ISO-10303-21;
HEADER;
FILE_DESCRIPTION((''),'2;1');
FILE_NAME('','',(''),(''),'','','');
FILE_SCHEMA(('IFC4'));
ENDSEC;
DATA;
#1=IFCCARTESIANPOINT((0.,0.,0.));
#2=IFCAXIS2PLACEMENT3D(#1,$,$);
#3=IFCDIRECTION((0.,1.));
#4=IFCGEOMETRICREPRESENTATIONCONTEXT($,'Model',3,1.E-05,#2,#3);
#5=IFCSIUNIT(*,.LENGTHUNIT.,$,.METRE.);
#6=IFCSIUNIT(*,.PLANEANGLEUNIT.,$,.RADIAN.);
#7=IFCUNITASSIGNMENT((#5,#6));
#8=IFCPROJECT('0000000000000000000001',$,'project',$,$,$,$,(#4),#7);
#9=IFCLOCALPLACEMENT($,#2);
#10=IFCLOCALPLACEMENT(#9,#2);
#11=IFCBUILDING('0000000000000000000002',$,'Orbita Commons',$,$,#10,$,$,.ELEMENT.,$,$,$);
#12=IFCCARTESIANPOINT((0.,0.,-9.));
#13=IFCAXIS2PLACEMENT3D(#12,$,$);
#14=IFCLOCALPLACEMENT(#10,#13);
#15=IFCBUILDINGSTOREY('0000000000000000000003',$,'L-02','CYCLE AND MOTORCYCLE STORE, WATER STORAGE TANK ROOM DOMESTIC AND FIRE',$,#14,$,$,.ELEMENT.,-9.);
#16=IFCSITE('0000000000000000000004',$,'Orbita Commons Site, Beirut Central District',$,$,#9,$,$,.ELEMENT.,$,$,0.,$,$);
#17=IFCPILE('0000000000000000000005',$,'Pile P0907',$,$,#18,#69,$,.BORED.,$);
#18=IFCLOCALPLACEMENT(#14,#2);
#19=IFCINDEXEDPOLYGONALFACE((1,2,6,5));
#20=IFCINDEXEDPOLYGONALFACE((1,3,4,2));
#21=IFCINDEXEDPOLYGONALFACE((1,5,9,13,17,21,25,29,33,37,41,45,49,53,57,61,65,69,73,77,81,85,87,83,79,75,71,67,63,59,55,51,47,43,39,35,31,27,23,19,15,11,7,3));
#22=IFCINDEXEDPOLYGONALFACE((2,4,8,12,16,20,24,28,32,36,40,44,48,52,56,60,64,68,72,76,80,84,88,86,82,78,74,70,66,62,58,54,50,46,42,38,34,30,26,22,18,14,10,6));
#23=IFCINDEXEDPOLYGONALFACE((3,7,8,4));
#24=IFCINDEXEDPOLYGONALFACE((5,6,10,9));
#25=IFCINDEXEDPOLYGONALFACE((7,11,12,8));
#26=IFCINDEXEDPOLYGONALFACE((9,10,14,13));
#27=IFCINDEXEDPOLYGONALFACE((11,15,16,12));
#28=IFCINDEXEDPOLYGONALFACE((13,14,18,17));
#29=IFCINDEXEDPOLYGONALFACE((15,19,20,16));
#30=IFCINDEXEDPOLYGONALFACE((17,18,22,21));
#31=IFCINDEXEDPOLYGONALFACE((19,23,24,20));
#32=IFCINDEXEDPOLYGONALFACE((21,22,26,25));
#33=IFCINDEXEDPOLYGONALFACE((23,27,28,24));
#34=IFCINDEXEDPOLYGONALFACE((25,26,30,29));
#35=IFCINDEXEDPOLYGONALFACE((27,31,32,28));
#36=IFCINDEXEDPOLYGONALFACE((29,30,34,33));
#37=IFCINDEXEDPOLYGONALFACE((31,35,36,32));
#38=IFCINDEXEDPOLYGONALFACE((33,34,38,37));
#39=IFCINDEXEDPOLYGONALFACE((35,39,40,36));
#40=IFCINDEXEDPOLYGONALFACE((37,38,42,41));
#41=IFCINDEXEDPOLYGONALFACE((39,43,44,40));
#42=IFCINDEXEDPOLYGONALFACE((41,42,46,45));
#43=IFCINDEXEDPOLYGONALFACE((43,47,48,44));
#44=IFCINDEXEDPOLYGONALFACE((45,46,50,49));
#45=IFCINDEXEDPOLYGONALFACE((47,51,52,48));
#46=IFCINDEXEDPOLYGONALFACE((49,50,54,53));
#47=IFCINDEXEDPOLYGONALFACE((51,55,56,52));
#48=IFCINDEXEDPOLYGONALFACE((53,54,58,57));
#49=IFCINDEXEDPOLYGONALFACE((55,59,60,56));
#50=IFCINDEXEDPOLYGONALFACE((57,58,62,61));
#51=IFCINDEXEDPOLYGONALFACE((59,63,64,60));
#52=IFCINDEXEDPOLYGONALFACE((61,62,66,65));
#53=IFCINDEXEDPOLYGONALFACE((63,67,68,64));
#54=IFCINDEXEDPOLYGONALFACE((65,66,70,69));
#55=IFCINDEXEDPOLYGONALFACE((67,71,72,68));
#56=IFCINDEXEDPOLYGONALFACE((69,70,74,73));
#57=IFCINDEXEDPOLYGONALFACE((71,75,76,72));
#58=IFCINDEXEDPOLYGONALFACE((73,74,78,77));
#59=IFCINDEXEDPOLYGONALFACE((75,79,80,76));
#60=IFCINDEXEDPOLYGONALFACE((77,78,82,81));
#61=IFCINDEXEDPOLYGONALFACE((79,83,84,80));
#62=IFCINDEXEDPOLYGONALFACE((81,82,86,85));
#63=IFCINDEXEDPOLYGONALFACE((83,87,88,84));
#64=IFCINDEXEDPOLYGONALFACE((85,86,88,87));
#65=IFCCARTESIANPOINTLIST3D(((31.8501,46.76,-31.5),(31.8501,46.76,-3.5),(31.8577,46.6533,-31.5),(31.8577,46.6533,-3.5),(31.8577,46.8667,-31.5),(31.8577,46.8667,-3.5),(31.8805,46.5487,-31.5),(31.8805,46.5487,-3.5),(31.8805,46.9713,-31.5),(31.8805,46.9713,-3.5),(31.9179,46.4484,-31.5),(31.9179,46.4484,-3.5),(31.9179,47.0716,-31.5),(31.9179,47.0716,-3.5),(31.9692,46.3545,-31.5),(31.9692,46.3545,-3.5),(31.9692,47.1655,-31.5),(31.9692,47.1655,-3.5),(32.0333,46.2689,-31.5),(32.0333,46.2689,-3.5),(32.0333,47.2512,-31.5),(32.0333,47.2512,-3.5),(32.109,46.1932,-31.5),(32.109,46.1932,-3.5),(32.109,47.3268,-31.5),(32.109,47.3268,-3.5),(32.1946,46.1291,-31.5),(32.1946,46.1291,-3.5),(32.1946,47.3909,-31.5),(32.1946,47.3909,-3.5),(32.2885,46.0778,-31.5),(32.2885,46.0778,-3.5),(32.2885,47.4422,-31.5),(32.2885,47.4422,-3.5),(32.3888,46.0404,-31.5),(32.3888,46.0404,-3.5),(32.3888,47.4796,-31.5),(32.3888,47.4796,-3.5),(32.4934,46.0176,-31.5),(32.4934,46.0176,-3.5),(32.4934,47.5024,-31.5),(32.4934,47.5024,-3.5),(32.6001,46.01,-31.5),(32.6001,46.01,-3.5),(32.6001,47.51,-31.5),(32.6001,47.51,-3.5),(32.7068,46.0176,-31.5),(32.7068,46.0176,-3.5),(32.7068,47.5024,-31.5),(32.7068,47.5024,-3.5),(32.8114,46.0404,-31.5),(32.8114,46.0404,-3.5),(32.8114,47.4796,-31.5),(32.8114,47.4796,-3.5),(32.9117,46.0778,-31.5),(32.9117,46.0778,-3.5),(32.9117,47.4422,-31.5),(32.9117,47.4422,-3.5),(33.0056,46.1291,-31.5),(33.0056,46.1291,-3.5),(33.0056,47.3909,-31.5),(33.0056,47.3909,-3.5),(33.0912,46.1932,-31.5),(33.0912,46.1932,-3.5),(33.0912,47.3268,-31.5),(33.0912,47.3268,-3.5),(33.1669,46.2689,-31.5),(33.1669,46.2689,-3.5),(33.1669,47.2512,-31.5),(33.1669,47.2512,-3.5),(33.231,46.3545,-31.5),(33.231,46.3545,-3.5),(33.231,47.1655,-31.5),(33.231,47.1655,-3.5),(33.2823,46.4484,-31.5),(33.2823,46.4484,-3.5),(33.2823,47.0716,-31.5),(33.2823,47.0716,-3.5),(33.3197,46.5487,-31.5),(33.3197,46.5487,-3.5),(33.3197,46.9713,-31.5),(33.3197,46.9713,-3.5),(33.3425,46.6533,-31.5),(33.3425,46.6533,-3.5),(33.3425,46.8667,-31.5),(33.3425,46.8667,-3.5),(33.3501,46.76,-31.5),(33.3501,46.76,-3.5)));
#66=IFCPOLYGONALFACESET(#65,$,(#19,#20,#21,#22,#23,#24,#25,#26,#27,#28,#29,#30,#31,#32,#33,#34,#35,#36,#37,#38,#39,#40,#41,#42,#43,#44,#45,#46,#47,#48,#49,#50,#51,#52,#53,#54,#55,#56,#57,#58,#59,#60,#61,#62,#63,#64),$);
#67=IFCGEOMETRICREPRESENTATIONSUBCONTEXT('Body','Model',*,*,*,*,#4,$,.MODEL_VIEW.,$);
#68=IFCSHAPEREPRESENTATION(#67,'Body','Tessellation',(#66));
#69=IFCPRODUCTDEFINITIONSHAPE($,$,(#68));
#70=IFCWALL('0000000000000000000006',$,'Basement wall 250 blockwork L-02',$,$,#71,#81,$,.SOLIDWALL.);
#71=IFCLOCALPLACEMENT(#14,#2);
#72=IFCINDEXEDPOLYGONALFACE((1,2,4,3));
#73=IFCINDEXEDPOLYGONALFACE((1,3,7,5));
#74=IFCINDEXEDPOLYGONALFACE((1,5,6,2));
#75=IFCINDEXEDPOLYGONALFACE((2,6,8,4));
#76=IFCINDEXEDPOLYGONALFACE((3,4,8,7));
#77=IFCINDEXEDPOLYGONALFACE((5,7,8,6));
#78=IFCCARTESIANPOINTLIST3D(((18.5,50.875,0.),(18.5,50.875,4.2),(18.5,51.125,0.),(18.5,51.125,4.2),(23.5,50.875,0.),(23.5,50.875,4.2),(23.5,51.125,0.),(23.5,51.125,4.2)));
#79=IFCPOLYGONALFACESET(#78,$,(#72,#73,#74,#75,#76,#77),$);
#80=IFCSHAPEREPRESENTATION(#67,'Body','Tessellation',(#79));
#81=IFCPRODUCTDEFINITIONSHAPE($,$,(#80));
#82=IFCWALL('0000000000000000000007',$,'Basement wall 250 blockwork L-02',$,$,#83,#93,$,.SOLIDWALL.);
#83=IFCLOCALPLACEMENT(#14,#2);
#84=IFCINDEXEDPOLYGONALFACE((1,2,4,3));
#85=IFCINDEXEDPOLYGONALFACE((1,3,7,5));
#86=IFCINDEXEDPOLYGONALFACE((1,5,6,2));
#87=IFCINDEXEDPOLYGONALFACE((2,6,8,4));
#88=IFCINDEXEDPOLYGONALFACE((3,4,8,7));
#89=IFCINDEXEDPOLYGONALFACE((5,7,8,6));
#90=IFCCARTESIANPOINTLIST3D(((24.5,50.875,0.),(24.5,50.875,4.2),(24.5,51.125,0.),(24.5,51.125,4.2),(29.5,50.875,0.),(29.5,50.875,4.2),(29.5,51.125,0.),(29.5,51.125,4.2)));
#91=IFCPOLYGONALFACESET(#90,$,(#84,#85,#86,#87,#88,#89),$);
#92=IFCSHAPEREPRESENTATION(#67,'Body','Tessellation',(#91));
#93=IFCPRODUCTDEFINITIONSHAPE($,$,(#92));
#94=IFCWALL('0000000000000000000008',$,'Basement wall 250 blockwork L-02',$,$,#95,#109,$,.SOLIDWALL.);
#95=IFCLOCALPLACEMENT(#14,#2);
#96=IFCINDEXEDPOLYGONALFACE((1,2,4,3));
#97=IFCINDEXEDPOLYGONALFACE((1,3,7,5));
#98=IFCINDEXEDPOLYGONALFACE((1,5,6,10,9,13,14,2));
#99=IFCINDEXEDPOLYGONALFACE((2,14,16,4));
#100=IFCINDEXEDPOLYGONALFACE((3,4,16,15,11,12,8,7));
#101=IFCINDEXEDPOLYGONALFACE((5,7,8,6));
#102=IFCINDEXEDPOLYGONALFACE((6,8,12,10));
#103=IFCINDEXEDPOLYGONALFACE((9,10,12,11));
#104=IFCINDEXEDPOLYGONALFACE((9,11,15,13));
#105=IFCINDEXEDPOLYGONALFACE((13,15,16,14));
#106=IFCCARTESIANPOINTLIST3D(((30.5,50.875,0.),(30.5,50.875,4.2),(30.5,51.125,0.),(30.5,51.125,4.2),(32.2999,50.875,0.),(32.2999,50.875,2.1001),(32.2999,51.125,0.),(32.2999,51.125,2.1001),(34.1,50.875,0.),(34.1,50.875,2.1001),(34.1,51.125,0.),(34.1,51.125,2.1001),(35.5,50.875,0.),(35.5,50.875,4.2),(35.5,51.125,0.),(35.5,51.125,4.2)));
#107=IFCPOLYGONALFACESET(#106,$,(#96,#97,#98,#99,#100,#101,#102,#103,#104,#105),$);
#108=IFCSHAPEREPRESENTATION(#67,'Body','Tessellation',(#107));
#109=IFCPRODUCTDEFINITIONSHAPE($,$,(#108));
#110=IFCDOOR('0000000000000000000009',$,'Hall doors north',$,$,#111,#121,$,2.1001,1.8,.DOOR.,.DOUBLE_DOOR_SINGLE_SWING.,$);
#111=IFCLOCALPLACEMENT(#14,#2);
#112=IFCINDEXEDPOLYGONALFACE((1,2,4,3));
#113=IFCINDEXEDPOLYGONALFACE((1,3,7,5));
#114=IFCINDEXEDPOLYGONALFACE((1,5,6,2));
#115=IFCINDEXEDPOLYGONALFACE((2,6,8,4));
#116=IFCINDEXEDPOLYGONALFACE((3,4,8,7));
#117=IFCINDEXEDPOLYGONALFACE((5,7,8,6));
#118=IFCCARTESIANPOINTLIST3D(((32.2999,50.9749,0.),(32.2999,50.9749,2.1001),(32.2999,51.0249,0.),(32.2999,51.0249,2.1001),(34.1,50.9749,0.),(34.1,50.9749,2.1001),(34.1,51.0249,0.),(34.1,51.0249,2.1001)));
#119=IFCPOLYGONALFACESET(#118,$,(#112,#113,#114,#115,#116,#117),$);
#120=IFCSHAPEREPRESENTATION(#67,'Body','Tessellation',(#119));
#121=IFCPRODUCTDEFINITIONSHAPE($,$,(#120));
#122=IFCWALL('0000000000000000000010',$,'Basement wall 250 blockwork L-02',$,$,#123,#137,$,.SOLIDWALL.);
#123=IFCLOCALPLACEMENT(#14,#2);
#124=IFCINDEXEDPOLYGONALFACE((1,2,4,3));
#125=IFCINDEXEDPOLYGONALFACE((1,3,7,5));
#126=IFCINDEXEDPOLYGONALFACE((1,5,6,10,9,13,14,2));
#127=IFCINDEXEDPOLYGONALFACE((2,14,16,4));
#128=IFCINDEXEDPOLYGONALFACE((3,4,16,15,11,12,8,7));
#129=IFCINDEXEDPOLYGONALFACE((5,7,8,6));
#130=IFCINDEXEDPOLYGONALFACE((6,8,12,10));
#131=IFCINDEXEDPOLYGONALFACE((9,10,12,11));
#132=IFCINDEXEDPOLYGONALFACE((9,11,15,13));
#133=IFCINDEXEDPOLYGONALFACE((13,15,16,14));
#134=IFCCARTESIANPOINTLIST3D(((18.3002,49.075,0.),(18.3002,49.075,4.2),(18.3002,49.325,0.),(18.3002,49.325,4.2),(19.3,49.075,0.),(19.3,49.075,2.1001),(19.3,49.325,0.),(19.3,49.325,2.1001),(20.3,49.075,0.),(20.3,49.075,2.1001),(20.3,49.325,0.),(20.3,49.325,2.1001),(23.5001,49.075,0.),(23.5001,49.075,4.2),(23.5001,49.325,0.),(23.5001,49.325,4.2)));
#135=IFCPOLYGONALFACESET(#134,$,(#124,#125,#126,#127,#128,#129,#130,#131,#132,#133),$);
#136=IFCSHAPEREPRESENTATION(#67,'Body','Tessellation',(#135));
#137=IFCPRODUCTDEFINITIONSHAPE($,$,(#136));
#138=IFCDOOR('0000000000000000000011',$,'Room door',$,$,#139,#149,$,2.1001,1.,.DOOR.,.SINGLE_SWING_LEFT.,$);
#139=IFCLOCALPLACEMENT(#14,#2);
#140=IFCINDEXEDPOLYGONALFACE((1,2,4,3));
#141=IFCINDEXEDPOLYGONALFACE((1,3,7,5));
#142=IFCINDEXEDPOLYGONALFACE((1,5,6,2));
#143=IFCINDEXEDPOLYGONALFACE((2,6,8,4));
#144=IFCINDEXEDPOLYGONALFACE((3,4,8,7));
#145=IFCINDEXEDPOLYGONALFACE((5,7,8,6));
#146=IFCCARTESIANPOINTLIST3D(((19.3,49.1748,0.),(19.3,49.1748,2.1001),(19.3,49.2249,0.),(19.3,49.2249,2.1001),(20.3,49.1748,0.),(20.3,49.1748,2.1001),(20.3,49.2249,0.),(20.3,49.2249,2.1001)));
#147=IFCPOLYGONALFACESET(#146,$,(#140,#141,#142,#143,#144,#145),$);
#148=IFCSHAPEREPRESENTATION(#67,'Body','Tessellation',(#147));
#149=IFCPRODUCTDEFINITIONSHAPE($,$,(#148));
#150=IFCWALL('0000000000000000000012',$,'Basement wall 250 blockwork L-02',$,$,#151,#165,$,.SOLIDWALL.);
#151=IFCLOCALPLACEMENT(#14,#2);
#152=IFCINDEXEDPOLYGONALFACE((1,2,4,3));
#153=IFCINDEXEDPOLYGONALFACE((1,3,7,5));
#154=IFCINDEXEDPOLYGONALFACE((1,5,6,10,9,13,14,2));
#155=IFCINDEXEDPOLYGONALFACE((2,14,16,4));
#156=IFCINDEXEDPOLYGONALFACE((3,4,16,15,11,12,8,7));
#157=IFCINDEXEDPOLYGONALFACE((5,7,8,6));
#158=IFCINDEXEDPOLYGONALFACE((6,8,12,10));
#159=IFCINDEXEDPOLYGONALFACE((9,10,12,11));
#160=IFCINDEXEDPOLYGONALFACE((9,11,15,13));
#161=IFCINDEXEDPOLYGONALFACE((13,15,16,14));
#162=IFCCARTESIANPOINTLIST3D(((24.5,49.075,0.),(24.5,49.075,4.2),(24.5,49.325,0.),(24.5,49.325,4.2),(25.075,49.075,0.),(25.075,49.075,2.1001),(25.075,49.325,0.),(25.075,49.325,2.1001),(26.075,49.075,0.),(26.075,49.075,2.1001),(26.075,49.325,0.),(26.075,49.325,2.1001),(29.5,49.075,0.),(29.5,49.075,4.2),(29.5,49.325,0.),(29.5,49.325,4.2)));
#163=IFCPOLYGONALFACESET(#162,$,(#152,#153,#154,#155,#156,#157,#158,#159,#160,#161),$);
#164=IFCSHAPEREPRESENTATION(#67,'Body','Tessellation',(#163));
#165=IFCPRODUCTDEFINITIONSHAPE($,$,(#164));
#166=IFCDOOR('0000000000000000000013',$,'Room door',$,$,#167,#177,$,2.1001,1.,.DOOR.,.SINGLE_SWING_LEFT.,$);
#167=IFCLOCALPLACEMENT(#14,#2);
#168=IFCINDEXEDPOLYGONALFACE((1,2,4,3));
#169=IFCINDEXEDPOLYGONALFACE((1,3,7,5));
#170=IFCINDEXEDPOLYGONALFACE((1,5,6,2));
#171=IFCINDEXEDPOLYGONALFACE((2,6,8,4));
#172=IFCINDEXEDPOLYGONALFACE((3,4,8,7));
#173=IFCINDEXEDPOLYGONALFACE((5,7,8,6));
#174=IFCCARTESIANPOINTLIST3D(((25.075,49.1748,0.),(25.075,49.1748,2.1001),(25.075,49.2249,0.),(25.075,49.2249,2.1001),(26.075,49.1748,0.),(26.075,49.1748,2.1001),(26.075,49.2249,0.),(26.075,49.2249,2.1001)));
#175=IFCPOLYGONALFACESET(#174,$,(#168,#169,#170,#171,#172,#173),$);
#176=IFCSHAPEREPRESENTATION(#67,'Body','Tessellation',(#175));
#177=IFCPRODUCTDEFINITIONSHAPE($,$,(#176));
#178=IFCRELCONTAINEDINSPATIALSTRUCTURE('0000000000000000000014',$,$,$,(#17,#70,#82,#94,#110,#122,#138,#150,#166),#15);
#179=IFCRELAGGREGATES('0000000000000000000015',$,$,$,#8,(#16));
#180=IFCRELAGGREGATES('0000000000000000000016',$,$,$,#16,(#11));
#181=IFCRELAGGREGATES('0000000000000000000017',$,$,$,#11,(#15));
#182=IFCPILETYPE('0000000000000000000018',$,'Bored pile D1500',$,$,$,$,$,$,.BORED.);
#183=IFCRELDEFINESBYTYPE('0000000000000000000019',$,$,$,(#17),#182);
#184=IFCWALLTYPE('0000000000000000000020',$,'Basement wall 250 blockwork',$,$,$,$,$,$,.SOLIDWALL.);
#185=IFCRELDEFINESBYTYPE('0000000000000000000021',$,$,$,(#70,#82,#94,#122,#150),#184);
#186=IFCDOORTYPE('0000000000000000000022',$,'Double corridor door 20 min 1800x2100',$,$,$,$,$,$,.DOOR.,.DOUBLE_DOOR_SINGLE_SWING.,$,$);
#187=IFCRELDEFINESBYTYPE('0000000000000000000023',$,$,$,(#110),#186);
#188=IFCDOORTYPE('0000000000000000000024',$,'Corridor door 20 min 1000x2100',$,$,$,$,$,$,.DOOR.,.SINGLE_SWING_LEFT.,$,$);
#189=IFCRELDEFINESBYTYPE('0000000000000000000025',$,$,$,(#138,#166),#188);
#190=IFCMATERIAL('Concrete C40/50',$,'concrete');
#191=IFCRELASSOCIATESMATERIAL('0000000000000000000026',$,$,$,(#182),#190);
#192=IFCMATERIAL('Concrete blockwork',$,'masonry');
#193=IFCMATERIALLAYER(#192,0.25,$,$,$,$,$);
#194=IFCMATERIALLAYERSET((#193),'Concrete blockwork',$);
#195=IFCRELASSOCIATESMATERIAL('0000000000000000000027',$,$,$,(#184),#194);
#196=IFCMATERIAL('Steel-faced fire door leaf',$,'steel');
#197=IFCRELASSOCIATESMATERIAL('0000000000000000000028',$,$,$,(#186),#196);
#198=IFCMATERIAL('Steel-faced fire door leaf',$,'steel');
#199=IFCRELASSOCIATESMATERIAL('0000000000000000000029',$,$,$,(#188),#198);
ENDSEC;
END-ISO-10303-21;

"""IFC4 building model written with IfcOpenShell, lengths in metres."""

from ifc_helpers import new_model, si_unit, direction, frame, frame_2d, origin, origin_2d, place, context, subcontext, project, spatial, rectangle, circle, extrude, material, layer, layer_set, material_profile, profile_set, type_object, element, fill, save


model = new_model("IFC4")

# Units and contexts
model_context = context("Model", 3, precision=1e-05, world=origin(), true_north=direction((0.0, 1.0)))
body_context = subcontext(model_context, "Body", "Model", "MODEL_VIEW")
ifc_project = project(units=[si_unit("LENGTHUNIT", "METRE"), si_unit("PLANEANGLEUNIT", "RADIAN")], contexts=[model_context])

# Site, building, storey
site_placement = place(None, origin())
site = spatial("IfcSite", under=ifc_project, at=site_placement, Name="Orbita Commons Site, Beirut Central District", CompositionType="ELEMENT", RefElevation=0.0)
building_placement = place(site_placement, origin())
building = spatial("IfcBuilding", under=site, at=building_placement, Name="Orbita Commons", CompositionType="ELEMENT")
storey_placement = place(building_placement, frame((0.0, 0.0, -9.0)))
storey = spatial("IfcBuildingStorey", under=building, at=storey_placement, Name="L-02", Description="CYCLE AND MOTORCYCLE STORE, WATER STORAGE TANK ROOM DOMESTIC AND FIRE", CompositionType="ELEMENT", Elevation=-9.0)

# Pile
ifc_material_1 = material(Name="Concrete C40/50", Category="concrete")
ifc_material_profile = material_profile(ifc_material_1, circle(Radius=0.75, at=origin_2d()), Name="RC D1500")
ifc_profile_set = profile_set([ifc_material_profile], Name="Concrete C40/50")
pile_type = type_object("IfcPileType", Name="Bored pile D1500", PredefinedType="BORED", material=ifc_profile_set)
for number, where, z_axis, x_axis, name in (
    (1, (32.6001, 46.76, -3.5), (0.0, 0.0, -1.0), (1.0, 0.0, 0.0), "Pile P0907"),
):
    element("IfcPile", number, at=place(storey_placement, frame(where, z_axis=z_axis, x_axis=x_axis)), inside=storey, type_object=pile_type, Name=name, PredefinedType="BORED", context=body_context, shape_type="SweptSolid", body=[
        extrude(circle(Radius=0.75, at=origin_2d()), origin(), (0.0, 0.0, 1.0), 28.0),
    ])

# Walls
ifc_material_2 = material(Name="Concrete blockwork", Category="masonry")
ifc_layer_1 = layer(ifc_material_2, 0.25)
ifc_layer_set_1 = layer_set([ifc_layer_1], Name="Concrete blockwork")
wall_type_1 = type_object("IfcWallType", Name="Basement wall 250 blockwork", PredefinedType="SOLIDWALL", material=ifc_layer_set_1)
for number, where, z_axis, x_axis, name in (
    (2, (18.5, 51.0, 0.0), (0.0, 0.0, 1.0), (1.0, 0.0, 0.0), "Basement wall 250 blockwork L-02"),
    (3, (24.5, 51.0, 0.0), (0.0, 0.0, 1.0), (1.0, 0.0, 0.0), "Basement wall 250 blockwork L-02"),
):
    element("IfcWall", number, at=place(storey_placement, frame(where, z_axis=z_axis, x_axis=x_axis)), inside=storey, type_object=wall_type_1, Name=name, PredefinedType="SOLIDWALL", context=body_context, shape_type="SweptSolid", body=[
        extrude(rectangle(XDim=5.0, YDim=0.25, at=frame_2d((2.5, 0.0))), origin(), (0.0, 0.0, 1.0), 4.2),
    ])

# Walls, openings, doors
wall_1_placement = place(storey_placement, frame((30.5, 51.0, 0.0), z_axis=(0.0, 0.0, 1.0), x_axis=(1.0, 0.0, 0.0)))
wall_1 = element("IfcWall", 4, at=wall_1_placement, inside=storey, type_object=wall_type_1, Name="Basement wall 250 blockwork L-02", PredefinedType="SOLIDWALL", context=body_context, shape_type="SweptSolid", body=[
    extrude(rectangle(XDim=5.0, YDim=0.25, at=frame_2d((2.5, 0.0))), origin(), (0.0, 0.0, 1.0), 4.2),
])
opening_1_placement = place(wall_1_placement, frame((1.8, 0.0, 0.0)))
opening_1 = element("IfcOpeningElement", 5, at=opening_1_placement, cuts=wall_1, PredefinedType="OPENING", context=body_context, shape_type="SweptSolid", body=[
    extrude(rectangle(XDim=1.8, YDim=2.1001, at=frame_2d((0.8999, 1.05))), frame((0.0, 0.135, 0.0), z_axis=(0.0, -1.0, 0.0), x_axis=(1.0, 0.0, 0.0)), (0.0, 0.0, 1.0), 0.27),
])
ifc_material_3 = material(Name="Steel-faced fire door leaf", Category="steel")
door_type_1 = type_object("IfcDoorType", Name="Double corridor door 20 min 1800x2100", OperationType="DOUBLE_DOOR_SINGLE_SWING", PredefinedType="DOOR", material=ifc_material_3)
door_1_placement = place(opening_1_placement, origin())
door_1 = element("IfcDoor", 6, at=door_1_placement, inside=storey, type_object=door_type_1, Name="Hall doors north", OperationType="DOUBLE_DOOR_SINGLE_SWING", OverallHeight=2.1001, OverallWidth=1.8, PredefinedType="DOOR", context=body_context, shape_type="SweptSolid", body=[
    extrude(rectangle(XDim=1.8, YDim=2.1001, at=frame_2d((0.8999, 1.05))), frame((0.0, 0.0249, 0.0), z_axis=(0.0, -1.0, 0.0), x_axis=(1.0, 0.0, 0.0)), (0.0, 0.0, 1.0), 0.05),
])
fill(opening_1, door_1)
wall_2_placement = place(storey_placement, frame((18.3, 49.2, 0.0), z_axis=(0.0, 0.0, 1.0), x_axis=(1.0, 0.0, 0.0)))
wall_2 = element("IfcWall", 7, at=wall_2_placement, inside=storey, type_object=wall_type_1, Name="Basement wall 250 blockwork L-02", PredefinedType="SOLIDWALL", context=body_context, shape_type="SweptSolid", body=[
    extrude(rectangle(XDim=5.2, YDim=0.25, at=frame_2d((2.6001, 0.0))), origin(), (0.0, 0.0, 1.0), 4.2),
])
opening_2_placement = place(wall_2_placement, frame((1.0, 0.0, 0.0)))
opening_2 = element("IfcOpeningElement", 8, at=opening_2_placement, cuts=wall_2, PredefinedType="OPENING", context=body_context, shape_type="SweptSolid", body=[
    extrude(rectangle(XDim=1.0, YDim=2.1001, at=frame_2d((0.5, 1.05))), frame((0.0, 0.135, 0.0), z_axis=(0.0, -1.0, 0.0), x_axis=(1.0, 0.0, 0.0)), (0.0, 0.0, 1.0), 0.27),
])
ifc_material_4 = material(Name="Steel-faced fire door leaf", Category="steel")
door_type_2 = type_object("IfcDoorType", Name="Corridor door 20 min 1000x2100", OperationType="SINGLE_SWING_LEFT", PredefinedType="DOOR", material=ifc_material_4)
door_2_placement = place(opening_2_placement, origin())
door_2 = element("IfcDoor", 9, at=door_2_placement, inside=storey, type_object=door_type_2, Name="Room door", OperationType="SINGLE_SWING_LEFT", OverallHeight=2.1001, OverallWidth=1.0, PredefinedType="DOOR", context=body_context, shape_type="SweptSolid", body=[
    extrude(rectangle(XDim=1.0, YDim=2.1001, at=frame_2d((0.5, 1.05))), frame((0.0, 0.0249, 0.0), z_axis=(0.0, -1.0, 0.0), x_axis=(1.0, 0.0, 0.0)), (0.0, 0.0, 1.0), 0.05),
])
fill(opening_2, door_2)
wall_3_placement = place(storey_placement, frame((24.5, 49.2, 0.0), z_axis=(0.0, 0.0, 1.0), x_axis=(1.0, 0.0, 0.0)))
wall_3 = element("IfcWall", 10, at=wall_3_placement, inside=storey, type_object=wall_type_1, Name="Basement wall 250 blockwork L-02", PredefinedType="SOLIDWALL", context=body_context, shape_type="SweptSolid", body=[
    extrude(rectangle(XDim=5.0, YDim=0.25, at=frame_2d((2.5, 0.0))), origin(), (0.0, 0.0, 1.0), 4.2),
])
opening_3_placement = place(wall_3_placement, frame((0.575, 0.0, 0.0)))
opening_3 = element("IfcOpeningElement", 11, at=opening_3_placement, cuts=wall_3, PredefinedType="OPENING", context=body_context, shape_type="SweptSolid", body=[
    extrude(rectangle(XDim=1.0, YDim=2.1001, at=frame_2d((0.5, 1.05))), frame((0.0, 0.135, 0.0), z_axis=(0.0, -1.0, 0.0), x_axis=(1.0, 0.0, 0.0)), (0.0, 0.0, 1.0), 0.27),
])
door_3_placement = place(opening_3_placement, origin())
door_3 = element("IfcDoor", 12, at=door_3_placement, inside=storey, type_object=door_type_2, Name="Room door", OperationType="SINGLE_SWING_LEFT", OverallHeight=2.1001, OverallWidth=1.0, PredefinedType="DOOR", context=body_context, shape_type="SweptSolid", body=[
    extrude(rectangle(XDim=1.0, YDim=2.1001, at=frame_2d((0.5, 1.05))), frame((0.0, 0.0249, 0.0), z_axis=(0.0, -1.0, 0.0), x_axis=(1.0, 0.0, 0.0)), (0.0, 0.0, 1.0), 0.05),
])
fill(opening_3, door_3)

save(model, "model.ifc")
